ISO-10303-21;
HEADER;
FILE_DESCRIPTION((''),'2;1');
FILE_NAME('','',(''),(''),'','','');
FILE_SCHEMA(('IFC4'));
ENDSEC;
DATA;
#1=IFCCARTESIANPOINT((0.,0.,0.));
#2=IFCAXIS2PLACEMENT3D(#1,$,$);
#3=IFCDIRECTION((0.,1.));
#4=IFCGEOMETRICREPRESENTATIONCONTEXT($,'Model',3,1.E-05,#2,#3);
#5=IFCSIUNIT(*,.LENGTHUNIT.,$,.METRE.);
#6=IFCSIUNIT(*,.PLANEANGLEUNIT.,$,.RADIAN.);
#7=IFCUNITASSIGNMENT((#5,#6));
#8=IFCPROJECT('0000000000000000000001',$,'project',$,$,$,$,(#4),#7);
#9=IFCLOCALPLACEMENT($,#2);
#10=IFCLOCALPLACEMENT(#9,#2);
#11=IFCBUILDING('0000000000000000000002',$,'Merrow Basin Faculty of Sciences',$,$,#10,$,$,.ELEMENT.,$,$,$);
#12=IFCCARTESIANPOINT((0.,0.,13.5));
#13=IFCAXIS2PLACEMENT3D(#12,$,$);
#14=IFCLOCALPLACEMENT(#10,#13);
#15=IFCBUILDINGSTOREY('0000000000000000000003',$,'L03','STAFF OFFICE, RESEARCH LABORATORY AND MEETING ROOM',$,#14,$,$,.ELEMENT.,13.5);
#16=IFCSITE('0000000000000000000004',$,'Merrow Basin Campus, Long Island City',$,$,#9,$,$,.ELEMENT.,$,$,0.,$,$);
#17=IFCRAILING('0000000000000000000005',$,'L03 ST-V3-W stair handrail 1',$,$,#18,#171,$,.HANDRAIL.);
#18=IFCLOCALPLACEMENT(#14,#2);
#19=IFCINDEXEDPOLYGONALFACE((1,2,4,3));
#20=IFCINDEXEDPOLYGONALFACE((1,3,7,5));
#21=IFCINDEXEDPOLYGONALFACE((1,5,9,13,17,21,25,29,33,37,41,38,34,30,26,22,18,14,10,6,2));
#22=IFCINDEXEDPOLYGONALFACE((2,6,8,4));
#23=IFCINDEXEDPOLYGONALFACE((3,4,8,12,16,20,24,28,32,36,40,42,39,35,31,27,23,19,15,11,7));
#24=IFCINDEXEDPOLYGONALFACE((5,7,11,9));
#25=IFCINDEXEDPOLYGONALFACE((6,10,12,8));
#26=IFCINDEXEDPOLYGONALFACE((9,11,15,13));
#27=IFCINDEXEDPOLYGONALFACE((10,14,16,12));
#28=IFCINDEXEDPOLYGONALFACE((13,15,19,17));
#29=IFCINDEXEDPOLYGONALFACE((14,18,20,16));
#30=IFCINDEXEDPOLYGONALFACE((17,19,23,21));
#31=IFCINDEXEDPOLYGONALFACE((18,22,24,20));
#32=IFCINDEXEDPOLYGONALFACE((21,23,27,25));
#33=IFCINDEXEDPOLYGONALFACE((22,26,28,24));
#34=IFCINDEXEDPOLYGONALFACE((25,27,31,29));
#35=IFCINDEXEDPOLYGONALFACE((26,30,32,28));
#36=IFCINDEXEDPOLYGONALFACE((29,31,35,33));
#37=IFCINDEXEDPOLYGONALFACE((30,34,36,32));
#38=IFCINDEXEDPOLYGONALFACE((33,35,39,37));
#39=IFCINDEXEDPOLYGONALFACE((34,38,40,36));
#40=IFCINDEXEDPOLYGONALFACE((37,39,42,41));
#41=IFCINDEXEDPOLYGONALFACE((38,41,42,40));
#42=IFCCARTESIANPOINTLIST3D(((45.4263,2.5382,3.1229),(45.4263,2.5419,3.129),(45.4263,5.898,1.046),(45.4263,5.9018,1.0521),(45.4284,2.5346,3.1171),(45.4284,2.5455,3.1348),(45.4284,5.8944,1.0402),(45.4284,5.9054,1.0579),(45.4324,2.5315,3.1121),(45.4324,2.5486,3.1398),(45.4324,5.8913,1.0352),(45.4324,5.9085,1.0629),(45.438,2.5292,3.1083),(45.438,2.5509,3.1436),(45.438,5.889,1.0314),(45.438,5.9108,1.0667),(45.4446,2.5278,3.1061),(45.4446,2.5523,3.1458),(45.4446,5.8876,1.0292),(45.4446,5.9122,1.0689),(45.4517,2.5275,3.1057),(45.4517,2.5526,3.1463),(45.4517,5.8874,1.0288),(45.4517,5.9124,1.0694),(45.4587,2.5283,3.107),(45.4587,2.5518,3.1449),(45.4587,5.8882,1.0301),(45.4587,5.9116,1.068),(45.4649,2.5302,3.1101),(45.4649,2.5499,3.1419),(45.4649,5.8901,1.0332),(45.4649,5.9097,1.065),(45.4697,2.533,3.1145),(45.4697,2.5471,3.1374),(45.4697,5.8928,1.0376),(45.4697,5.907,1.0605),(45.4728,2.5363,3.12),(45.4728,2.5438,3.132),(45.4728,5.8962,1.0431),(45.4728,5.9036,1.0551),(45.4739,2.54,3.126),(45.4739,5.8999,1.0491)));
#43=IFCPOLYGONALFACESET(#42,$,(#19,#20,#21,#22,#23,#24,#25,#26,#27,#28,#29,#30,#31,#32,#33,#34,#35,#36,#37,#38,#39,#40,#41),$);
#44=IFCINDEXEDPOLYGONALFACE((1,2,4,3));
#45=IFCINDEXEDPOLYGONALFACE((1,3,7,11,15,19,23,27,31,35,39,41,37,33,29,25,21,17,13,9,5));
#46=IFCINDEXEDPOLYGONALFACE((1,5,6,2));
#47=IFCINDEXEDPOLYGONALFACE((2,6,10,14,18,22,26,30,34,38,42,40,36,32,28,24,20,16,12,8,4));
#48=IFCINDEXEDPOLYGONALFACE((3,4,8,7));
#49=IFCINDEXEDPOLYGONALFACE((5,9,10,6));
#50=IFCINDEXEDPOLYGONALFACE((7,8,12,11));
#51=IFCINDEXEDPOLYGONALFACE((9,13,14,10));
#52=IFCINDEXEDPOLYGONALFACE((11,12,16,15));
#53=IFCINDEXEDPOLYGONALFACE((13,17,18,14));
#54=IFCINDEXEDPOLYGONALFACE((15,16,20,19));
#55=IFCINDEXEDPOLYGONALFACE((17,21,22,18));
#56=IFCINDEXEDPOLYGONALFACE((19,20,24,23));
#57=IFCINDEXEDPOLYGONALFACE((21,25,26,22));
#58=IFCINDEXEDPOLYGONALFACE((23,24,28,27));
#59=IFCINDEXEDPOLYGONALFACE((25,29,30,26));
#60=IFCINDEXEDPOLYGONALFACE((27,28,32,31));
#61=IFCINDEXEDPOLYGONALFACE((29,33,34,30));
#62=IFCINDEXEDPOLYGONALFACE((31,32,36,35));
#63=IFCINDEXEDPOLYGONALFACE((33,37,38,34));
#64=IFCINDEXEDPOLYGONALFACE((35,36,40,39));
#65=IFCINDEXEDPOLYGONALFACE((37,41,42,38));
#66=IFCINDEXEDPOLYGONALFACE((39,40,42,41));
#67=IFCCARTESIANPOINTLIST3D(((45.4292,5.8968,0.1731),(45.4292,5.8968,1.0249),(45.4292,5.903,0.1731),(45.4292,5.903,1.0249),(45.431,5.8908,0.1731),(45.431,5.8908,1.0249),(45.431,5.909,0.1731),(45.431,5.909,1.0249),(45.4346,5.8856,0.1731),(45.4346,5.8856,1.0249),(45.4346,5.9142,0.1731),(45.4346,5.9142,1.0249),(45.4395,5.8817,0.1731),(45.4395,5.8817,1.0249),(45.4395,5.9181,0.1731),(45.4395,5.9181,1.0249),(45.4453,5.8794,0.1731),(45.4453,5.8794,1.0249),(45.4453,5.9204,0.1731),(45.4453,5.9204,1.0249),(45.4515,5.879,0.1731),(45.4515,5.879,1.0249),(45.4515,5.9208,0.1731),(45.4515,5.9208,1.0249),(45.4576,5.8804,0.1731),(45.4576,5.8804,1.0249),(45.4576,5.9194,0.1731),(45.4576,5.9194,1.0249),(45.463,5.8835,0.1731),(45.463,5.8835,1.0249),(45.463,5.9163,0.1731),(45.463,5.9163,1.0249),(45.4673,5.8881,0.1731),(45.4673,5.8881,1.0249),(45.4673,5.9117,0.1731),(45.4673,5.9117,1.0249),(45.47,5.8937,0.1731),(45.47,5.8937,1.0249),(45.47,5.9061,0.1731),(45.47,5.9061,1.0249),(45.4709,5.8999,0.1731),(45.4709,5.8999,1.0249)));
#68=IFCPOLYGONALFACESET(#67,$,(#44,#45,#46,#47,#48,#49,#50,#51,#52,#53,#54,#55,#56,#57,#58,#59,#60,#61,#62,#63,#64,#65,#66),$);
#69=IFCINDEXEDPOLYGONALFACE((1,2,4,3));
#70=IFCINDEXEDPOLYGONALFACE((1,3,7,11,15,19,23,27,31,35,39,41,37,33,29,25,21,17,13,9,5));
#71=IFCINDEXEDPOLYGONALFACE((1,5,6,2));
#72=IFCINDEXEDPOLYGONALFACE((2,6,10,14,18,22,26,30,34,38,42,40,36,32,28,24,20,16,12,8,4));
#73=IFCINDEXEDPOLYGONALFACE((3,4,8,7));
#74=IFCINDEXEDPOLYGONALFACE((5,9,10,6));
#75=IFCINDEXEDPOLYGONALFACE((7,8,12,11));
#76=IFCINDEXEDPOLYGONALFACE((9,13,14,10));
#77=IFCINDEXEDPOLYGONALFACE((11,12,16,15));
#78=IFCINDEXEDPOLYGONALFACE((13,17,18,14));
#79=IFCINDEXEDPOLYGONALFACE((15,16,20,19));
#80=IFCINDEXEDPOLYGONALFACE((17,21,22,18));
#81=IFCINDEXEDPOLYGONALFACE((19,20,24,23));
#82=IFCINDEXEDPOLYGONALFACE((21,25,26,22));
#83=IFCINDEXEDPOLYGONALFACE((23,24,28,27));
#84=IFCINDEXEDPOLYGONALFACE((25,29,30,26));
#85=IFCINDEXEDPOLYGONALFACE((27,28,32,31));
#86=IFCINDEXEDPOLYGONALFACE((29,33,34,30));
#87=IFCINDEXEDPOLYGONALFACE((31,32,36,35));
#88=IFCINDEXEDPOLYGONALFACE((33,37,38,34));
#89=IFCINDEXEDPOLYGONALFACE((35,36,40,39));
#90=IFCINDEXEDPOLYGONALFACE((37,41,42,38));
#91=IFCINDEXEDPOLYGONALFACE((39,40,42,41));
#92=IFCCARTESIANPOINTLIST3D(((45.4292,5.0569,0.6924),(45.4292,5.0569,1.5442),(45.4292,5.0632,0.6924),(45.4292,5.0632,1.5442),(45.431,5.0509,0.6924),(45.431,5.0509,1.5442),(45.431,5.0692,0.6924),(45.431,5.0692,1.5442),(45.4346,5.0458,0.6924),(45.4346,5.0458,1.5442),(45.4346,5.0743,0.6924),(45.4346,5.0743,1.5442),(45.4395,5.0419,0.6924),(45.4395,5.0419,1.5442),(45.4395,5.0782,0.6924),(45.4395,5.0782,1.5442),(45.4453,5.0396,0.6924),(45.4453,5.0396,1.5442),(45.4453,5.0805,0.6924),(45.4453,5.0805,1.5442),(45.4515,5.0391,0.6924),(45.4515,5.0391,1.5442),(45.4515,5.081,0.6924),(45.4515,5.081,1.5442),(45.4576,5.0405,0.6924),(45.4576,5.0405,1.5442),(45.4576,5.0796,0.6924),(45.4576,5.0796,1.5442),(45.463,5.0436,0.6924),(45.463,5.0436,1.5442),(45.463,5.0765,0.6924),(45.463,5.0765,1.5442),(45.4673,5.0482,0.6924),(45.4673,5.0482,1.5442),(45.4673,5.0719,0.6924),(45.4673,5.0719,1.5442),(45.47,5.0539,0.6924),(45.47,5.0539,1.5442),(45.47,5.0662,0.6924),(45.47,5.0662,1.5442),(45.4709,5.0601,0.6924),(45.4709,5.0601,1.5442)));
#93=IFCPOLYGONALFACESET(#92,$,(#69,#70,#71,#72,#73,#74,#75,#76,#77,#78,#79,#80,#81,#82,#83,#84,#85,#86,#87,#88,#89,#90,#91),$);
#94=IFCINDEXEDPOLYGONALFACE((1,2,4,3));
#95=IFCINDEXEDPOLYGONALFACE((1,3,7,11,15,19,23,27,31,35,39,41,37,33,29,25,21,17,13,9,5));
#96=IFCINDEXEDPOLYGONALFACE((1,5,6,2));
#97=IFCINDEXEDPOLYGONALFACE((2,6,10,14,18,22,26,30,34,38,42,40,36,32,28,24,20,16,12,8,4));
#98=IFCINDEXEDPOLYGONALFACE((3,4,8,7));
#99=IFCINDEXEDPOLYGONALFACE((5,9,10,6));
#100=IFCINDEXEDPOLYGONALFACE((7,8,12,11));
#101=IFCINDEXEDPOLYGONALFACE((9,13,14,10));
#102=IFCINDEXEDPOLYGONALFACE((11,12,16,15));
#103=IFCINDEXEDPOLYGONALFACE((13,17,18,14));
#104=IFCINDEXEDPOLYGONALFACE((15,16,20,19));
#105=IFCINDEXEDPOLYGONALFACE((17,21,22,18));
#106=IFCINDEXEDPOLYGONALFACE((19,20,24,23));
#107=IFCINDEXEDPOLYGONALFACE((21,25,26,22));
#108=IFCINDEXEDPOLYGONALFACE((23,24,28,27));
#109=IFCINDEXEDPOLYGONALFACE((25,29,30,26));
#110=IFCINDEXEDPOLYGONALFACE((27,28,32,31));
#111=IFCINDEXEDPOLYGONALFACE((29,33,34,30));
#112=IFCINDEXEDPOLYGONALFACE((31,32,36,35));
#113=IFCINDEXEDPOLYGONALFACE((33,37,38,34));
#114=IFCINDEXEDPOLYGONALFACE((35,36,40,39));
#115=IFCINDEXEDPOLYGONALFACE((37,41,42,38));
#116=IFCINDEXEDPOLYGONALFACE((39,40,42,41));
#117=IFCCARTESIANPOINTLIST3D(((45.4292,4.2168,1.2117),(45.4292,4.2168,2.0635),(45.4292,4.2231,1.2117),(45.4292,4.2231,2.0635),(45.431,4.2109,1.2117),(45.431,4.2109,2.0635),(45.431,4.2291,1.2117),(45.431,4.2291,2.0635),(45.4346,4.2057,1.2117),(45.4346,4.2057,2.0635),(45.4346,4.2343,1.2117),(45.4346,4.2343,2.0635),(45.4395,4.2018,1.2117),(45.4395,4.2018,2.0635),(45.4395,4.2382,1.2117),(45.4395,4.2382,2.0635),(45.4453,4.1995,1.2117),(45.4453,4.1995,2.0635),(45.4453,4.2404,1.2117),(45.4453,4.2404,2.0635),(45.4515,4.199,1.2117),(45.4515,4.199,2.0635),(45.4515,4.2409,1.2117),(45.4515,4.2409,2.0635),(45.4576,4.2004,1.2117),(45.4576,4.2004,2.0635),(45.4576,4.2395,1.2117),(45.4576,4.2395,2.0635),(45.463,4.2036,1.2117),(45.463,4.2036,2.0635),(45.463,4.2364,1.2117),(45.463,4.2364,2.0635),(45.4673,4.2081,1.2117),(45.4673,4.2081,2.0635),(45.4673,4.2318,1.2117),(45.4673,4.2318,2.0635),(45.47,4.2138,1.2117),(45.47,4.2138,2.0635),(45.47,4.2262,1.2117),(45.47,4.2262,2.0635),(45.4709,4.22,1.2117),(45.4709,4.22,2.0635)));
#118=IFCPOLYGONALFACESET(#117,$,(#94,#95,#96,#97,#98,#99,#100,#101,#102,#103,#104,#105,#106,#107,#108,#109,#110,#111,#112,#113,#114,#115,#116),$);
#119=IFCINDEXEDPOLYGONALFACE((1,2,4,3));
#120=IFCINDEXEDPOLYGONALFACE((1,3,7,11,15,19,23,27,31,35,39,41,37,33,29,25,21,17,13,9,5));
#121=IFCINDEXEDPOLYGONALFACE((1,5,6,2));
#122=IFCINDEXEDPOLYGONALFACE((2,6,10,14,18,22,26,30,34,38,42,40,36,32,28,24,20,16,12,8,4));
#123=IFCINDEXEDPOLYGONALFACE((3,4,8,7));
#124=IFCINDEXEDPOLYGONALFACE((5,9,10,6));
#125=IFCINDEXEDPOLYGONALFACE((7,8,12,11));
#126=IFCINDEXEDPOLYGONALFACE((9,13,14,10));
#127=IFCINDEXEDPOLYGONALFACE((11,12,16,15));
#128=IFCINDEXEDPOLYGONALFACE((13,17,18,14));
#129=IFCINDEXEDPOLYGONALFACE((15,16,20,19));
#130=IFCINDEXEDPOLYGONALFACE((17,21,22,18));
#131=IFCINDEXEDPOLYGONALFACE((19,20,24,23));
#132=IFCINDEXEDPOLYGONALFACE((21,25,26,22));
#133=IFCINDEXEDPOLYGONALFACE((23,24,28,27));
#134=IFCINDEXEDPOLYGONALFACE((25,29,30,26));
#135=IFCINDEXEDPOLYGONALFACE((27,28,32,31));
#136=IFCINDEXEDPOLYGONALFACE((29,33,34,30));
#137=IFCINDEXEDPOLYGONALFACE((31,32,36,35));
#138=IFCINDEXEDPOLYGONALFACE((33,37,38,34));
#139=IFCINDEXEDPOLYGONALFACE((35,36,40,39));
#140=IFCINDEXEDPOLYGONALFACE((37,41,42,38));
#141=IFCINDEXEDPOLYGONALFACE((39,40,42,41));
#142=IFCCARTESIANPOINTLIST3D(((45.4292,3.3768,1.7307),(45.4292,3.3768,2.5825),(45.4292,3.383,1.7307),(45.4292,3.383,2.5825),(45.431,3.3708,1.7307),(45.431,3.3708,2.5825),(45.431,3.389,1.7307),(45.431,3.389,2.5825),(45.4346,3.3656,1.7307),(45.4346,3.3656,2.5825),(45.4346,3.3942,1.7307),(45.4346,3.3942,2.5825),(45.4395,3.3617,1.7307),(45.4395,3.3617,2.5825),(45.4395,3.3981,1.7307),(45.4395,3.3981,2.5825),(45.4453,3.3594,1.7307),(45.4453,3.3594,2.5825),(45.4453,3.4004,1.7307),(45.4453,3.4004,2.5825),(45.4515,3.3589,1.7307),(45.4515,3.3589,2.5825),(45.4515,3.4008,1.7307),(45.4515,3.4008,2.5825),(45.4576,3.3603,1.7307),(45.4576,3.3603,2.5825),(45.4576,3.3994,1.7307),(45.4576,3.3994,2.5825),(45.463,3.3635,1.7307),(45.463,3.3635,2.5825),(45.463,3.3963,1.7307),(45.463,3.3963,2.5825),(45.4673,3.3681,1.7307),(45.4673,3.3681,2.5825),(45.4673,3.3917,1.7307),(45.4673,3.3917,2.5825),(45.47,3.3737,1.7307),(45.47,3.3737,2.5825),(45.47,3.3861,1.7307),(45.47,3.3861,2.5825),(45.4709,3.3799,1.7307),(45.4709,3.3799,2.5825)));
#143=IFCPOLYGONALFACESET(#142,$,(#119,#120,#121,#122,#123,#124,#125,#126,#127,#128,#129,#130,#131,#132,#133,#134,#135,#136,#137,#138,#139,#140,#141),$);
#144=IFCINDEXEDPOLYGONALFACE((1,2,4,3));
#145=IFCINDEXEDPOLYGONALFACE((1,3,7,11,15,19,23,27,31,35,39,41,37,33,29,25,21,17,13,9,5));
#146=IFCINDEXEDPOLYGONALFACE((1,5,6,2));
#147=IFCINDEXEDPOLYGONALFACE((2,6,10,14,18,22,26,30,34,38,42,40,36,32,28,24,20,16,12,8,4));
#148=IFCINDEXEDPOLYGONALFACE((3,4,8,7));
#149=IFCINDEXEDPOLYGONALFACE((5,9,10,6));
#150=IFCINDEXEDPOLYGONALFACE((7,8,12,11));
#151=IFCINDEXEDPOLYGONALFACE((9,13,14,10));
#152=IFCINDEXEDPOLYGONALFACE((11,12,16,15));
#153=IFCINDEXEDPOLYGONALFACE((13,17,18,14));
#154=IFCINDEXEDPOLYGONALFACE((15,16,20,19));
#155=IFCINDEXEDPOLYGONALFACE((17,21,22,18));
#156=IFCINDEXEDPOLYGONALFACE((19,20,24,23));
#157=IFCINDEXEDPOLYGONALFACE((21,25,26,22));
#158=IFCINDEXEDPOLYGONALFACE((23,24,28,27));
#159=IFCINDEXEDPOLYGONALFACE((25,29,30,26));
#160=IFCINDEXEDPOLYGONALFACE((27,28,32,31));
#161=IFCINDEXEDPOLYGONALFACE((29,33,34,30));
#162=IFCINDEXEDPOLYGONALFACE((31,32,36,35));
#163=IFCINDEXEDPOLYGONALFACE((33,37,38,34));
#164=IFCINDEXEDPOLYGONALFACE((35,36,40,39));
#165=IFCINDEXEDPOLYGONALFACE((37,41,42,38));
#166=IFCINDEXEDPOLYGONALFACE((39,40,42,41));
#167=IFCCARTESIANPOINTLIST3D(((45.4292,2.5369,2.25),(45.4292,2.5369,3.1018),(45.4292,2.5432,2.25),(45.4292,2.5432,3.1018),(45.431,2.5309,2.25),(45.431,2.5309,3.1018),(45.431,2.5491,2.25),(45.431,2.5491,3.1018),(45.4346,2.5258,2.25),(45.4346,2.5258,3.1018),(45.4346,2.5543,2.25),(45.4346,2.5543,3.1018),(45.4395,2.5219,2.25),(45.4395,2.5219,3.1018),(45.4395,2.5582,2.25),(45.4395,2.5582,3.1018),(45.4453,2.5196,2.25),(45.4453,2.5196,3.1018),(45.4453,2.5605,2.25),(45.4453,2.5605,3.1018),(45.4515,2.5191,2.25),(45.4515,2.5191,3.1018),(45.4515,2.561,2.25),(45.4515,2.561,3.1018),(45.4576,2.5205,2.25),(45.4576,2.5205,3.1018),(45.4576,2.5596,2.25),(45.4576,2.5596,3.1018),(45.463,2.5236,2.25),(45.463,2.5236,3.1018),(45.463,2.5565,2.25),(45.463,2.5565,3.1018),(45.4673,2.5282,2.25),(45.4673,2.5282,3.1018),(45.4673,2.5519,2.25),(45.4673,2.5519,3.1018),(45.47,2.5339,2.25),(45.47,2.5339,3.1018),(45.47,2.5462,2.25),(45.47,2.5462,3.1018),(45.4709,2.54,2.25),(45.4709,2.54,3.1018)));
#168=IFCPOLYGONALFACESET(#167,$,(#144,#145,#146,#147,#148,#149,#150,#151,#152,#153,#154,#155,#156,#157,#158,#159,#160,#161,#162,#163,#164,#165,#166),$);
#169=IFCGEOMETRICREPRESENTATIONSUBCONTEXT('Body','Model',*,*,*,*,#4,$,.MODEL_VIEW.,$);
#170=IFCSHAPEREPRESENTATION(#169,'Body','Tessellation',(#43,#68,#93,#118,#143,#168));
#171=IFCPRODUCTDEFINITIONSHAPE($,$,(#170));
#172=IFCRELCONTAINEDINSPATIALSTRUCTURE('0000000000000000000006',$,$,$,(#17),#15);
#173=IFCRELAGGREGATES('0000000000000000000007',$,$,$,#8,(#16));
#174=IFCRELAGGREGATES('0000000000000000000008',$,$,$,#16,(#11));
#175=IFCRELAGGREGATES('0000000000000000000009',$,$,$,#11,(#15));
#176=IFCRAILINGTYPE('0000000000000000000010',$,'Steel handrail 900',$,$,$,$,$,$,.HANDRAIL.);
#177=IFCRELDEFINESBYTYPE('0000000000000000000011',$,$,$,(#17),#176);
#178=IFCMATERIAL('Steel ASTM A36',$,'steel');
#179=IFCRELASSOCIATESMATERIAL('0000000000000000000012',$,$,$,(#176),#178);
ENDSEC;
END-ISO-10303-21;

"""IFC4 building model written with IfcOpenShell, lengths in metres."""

from ifc_helpers import new_model, si_unit, direction, frame, origin, origin_2d, place, context, subcontext, project, spatial, circle, extrude, material, type_object, element, save


model = new_model("IFC4")

# Units and contexts
model_context = context("Model", 3, precision=1e-05, world=origin(), true_north=direction((0.0, 1.0)))
body_context = subcontext(model_context, "Body", "Model", "MODEL_VIEW")
ifc_project = project(units=[si_unit("LENGTHUNIT", "METRE"), si_unit("PLANEANGLEUNIT", "RADIAN")], contexts=[model_context])

# Site, building, storey
site_placement = place(None, origin())
site = spatial("IfcSite", under=ifc_project, at=site_placement, Name="Merrow Basin Campus, Long Island City", CompositionType="ELEMENT", RefElevation=0.0)
building_placement = place(site_placement, origin())
building = spatial("IfcBuilding", under=site, at=building_placement, Name="Merrow Basin Faculty of Sciences", CompositionType="ELEMENT")
storey_placement = place(building_placement, frame((0.0, 0.0, 13.5)))
storey = spatial("IfcBuildingStorey", under=building, at=storey_placement, Name="L03", Description="STAFF OFFICE, RESEARCH LABORATORY AND MEETING ROOM", CompositionType="ELEMENT", Elevation=13.5)

# Railing
ifc_material_1 = material(Name="Steel ASTM A36", Category="steel")
railing_type_1 = type_object("IfcRailingType", Name="Steel handrail 900", PredefinedType="HANDRAIL", material=ifc_material_1)
railing_1_placement = place(storey_placement, frame((45.45, 5.8999, 0.1731)))
element("IfcRailing", 1, at=railing_1_placement, inside=storey, type_object=railing_type_1, Name="L03 ST-V3-W stair handrail 1", PredefinedType="HANDRAIL", context=body_context, shape_type="SweptSolid", body=[
    extrude(circle(Radius=0.0239, at=origin_2d()), frame((0.0, 0.0, 0.876), z_axis=(0.0, -0.850606, 0.525803), x_axis=(1.0, 0.0, 0.0)), (0.0, 0.0, 1.0), 3.95),
    extrude(circle(Radius=0.021, at=origin_2d()), origin(), (0.0, 0.0, 1.0), 0.8518),
    extrude(circle(Radius=0.021, at=origin_2d()), frame((0.0, -0.8398, 0.5193)), (0.0, 0.0, 1.0), 0.8518),
    extrude(circle(Radius=0.021, at=origin_2d()), frame((0.0, -1.6799, 1.0386)), (0.0, 0.0, 1.0), 0.8518),
    extrude(circle(Radius=0.021, at=origin_2d()), frame((0.0, -2.52, 1.5576)), (0.0, 0.0, 1.0), 0.8518),
    extrude(circle(Radius=0.021, at=origin_2d()), frame((0.0, -3.3599, 2.0769)), (0.0, 0.0, 1.0), 0.8518),
])

save(model, "model.ifc")
